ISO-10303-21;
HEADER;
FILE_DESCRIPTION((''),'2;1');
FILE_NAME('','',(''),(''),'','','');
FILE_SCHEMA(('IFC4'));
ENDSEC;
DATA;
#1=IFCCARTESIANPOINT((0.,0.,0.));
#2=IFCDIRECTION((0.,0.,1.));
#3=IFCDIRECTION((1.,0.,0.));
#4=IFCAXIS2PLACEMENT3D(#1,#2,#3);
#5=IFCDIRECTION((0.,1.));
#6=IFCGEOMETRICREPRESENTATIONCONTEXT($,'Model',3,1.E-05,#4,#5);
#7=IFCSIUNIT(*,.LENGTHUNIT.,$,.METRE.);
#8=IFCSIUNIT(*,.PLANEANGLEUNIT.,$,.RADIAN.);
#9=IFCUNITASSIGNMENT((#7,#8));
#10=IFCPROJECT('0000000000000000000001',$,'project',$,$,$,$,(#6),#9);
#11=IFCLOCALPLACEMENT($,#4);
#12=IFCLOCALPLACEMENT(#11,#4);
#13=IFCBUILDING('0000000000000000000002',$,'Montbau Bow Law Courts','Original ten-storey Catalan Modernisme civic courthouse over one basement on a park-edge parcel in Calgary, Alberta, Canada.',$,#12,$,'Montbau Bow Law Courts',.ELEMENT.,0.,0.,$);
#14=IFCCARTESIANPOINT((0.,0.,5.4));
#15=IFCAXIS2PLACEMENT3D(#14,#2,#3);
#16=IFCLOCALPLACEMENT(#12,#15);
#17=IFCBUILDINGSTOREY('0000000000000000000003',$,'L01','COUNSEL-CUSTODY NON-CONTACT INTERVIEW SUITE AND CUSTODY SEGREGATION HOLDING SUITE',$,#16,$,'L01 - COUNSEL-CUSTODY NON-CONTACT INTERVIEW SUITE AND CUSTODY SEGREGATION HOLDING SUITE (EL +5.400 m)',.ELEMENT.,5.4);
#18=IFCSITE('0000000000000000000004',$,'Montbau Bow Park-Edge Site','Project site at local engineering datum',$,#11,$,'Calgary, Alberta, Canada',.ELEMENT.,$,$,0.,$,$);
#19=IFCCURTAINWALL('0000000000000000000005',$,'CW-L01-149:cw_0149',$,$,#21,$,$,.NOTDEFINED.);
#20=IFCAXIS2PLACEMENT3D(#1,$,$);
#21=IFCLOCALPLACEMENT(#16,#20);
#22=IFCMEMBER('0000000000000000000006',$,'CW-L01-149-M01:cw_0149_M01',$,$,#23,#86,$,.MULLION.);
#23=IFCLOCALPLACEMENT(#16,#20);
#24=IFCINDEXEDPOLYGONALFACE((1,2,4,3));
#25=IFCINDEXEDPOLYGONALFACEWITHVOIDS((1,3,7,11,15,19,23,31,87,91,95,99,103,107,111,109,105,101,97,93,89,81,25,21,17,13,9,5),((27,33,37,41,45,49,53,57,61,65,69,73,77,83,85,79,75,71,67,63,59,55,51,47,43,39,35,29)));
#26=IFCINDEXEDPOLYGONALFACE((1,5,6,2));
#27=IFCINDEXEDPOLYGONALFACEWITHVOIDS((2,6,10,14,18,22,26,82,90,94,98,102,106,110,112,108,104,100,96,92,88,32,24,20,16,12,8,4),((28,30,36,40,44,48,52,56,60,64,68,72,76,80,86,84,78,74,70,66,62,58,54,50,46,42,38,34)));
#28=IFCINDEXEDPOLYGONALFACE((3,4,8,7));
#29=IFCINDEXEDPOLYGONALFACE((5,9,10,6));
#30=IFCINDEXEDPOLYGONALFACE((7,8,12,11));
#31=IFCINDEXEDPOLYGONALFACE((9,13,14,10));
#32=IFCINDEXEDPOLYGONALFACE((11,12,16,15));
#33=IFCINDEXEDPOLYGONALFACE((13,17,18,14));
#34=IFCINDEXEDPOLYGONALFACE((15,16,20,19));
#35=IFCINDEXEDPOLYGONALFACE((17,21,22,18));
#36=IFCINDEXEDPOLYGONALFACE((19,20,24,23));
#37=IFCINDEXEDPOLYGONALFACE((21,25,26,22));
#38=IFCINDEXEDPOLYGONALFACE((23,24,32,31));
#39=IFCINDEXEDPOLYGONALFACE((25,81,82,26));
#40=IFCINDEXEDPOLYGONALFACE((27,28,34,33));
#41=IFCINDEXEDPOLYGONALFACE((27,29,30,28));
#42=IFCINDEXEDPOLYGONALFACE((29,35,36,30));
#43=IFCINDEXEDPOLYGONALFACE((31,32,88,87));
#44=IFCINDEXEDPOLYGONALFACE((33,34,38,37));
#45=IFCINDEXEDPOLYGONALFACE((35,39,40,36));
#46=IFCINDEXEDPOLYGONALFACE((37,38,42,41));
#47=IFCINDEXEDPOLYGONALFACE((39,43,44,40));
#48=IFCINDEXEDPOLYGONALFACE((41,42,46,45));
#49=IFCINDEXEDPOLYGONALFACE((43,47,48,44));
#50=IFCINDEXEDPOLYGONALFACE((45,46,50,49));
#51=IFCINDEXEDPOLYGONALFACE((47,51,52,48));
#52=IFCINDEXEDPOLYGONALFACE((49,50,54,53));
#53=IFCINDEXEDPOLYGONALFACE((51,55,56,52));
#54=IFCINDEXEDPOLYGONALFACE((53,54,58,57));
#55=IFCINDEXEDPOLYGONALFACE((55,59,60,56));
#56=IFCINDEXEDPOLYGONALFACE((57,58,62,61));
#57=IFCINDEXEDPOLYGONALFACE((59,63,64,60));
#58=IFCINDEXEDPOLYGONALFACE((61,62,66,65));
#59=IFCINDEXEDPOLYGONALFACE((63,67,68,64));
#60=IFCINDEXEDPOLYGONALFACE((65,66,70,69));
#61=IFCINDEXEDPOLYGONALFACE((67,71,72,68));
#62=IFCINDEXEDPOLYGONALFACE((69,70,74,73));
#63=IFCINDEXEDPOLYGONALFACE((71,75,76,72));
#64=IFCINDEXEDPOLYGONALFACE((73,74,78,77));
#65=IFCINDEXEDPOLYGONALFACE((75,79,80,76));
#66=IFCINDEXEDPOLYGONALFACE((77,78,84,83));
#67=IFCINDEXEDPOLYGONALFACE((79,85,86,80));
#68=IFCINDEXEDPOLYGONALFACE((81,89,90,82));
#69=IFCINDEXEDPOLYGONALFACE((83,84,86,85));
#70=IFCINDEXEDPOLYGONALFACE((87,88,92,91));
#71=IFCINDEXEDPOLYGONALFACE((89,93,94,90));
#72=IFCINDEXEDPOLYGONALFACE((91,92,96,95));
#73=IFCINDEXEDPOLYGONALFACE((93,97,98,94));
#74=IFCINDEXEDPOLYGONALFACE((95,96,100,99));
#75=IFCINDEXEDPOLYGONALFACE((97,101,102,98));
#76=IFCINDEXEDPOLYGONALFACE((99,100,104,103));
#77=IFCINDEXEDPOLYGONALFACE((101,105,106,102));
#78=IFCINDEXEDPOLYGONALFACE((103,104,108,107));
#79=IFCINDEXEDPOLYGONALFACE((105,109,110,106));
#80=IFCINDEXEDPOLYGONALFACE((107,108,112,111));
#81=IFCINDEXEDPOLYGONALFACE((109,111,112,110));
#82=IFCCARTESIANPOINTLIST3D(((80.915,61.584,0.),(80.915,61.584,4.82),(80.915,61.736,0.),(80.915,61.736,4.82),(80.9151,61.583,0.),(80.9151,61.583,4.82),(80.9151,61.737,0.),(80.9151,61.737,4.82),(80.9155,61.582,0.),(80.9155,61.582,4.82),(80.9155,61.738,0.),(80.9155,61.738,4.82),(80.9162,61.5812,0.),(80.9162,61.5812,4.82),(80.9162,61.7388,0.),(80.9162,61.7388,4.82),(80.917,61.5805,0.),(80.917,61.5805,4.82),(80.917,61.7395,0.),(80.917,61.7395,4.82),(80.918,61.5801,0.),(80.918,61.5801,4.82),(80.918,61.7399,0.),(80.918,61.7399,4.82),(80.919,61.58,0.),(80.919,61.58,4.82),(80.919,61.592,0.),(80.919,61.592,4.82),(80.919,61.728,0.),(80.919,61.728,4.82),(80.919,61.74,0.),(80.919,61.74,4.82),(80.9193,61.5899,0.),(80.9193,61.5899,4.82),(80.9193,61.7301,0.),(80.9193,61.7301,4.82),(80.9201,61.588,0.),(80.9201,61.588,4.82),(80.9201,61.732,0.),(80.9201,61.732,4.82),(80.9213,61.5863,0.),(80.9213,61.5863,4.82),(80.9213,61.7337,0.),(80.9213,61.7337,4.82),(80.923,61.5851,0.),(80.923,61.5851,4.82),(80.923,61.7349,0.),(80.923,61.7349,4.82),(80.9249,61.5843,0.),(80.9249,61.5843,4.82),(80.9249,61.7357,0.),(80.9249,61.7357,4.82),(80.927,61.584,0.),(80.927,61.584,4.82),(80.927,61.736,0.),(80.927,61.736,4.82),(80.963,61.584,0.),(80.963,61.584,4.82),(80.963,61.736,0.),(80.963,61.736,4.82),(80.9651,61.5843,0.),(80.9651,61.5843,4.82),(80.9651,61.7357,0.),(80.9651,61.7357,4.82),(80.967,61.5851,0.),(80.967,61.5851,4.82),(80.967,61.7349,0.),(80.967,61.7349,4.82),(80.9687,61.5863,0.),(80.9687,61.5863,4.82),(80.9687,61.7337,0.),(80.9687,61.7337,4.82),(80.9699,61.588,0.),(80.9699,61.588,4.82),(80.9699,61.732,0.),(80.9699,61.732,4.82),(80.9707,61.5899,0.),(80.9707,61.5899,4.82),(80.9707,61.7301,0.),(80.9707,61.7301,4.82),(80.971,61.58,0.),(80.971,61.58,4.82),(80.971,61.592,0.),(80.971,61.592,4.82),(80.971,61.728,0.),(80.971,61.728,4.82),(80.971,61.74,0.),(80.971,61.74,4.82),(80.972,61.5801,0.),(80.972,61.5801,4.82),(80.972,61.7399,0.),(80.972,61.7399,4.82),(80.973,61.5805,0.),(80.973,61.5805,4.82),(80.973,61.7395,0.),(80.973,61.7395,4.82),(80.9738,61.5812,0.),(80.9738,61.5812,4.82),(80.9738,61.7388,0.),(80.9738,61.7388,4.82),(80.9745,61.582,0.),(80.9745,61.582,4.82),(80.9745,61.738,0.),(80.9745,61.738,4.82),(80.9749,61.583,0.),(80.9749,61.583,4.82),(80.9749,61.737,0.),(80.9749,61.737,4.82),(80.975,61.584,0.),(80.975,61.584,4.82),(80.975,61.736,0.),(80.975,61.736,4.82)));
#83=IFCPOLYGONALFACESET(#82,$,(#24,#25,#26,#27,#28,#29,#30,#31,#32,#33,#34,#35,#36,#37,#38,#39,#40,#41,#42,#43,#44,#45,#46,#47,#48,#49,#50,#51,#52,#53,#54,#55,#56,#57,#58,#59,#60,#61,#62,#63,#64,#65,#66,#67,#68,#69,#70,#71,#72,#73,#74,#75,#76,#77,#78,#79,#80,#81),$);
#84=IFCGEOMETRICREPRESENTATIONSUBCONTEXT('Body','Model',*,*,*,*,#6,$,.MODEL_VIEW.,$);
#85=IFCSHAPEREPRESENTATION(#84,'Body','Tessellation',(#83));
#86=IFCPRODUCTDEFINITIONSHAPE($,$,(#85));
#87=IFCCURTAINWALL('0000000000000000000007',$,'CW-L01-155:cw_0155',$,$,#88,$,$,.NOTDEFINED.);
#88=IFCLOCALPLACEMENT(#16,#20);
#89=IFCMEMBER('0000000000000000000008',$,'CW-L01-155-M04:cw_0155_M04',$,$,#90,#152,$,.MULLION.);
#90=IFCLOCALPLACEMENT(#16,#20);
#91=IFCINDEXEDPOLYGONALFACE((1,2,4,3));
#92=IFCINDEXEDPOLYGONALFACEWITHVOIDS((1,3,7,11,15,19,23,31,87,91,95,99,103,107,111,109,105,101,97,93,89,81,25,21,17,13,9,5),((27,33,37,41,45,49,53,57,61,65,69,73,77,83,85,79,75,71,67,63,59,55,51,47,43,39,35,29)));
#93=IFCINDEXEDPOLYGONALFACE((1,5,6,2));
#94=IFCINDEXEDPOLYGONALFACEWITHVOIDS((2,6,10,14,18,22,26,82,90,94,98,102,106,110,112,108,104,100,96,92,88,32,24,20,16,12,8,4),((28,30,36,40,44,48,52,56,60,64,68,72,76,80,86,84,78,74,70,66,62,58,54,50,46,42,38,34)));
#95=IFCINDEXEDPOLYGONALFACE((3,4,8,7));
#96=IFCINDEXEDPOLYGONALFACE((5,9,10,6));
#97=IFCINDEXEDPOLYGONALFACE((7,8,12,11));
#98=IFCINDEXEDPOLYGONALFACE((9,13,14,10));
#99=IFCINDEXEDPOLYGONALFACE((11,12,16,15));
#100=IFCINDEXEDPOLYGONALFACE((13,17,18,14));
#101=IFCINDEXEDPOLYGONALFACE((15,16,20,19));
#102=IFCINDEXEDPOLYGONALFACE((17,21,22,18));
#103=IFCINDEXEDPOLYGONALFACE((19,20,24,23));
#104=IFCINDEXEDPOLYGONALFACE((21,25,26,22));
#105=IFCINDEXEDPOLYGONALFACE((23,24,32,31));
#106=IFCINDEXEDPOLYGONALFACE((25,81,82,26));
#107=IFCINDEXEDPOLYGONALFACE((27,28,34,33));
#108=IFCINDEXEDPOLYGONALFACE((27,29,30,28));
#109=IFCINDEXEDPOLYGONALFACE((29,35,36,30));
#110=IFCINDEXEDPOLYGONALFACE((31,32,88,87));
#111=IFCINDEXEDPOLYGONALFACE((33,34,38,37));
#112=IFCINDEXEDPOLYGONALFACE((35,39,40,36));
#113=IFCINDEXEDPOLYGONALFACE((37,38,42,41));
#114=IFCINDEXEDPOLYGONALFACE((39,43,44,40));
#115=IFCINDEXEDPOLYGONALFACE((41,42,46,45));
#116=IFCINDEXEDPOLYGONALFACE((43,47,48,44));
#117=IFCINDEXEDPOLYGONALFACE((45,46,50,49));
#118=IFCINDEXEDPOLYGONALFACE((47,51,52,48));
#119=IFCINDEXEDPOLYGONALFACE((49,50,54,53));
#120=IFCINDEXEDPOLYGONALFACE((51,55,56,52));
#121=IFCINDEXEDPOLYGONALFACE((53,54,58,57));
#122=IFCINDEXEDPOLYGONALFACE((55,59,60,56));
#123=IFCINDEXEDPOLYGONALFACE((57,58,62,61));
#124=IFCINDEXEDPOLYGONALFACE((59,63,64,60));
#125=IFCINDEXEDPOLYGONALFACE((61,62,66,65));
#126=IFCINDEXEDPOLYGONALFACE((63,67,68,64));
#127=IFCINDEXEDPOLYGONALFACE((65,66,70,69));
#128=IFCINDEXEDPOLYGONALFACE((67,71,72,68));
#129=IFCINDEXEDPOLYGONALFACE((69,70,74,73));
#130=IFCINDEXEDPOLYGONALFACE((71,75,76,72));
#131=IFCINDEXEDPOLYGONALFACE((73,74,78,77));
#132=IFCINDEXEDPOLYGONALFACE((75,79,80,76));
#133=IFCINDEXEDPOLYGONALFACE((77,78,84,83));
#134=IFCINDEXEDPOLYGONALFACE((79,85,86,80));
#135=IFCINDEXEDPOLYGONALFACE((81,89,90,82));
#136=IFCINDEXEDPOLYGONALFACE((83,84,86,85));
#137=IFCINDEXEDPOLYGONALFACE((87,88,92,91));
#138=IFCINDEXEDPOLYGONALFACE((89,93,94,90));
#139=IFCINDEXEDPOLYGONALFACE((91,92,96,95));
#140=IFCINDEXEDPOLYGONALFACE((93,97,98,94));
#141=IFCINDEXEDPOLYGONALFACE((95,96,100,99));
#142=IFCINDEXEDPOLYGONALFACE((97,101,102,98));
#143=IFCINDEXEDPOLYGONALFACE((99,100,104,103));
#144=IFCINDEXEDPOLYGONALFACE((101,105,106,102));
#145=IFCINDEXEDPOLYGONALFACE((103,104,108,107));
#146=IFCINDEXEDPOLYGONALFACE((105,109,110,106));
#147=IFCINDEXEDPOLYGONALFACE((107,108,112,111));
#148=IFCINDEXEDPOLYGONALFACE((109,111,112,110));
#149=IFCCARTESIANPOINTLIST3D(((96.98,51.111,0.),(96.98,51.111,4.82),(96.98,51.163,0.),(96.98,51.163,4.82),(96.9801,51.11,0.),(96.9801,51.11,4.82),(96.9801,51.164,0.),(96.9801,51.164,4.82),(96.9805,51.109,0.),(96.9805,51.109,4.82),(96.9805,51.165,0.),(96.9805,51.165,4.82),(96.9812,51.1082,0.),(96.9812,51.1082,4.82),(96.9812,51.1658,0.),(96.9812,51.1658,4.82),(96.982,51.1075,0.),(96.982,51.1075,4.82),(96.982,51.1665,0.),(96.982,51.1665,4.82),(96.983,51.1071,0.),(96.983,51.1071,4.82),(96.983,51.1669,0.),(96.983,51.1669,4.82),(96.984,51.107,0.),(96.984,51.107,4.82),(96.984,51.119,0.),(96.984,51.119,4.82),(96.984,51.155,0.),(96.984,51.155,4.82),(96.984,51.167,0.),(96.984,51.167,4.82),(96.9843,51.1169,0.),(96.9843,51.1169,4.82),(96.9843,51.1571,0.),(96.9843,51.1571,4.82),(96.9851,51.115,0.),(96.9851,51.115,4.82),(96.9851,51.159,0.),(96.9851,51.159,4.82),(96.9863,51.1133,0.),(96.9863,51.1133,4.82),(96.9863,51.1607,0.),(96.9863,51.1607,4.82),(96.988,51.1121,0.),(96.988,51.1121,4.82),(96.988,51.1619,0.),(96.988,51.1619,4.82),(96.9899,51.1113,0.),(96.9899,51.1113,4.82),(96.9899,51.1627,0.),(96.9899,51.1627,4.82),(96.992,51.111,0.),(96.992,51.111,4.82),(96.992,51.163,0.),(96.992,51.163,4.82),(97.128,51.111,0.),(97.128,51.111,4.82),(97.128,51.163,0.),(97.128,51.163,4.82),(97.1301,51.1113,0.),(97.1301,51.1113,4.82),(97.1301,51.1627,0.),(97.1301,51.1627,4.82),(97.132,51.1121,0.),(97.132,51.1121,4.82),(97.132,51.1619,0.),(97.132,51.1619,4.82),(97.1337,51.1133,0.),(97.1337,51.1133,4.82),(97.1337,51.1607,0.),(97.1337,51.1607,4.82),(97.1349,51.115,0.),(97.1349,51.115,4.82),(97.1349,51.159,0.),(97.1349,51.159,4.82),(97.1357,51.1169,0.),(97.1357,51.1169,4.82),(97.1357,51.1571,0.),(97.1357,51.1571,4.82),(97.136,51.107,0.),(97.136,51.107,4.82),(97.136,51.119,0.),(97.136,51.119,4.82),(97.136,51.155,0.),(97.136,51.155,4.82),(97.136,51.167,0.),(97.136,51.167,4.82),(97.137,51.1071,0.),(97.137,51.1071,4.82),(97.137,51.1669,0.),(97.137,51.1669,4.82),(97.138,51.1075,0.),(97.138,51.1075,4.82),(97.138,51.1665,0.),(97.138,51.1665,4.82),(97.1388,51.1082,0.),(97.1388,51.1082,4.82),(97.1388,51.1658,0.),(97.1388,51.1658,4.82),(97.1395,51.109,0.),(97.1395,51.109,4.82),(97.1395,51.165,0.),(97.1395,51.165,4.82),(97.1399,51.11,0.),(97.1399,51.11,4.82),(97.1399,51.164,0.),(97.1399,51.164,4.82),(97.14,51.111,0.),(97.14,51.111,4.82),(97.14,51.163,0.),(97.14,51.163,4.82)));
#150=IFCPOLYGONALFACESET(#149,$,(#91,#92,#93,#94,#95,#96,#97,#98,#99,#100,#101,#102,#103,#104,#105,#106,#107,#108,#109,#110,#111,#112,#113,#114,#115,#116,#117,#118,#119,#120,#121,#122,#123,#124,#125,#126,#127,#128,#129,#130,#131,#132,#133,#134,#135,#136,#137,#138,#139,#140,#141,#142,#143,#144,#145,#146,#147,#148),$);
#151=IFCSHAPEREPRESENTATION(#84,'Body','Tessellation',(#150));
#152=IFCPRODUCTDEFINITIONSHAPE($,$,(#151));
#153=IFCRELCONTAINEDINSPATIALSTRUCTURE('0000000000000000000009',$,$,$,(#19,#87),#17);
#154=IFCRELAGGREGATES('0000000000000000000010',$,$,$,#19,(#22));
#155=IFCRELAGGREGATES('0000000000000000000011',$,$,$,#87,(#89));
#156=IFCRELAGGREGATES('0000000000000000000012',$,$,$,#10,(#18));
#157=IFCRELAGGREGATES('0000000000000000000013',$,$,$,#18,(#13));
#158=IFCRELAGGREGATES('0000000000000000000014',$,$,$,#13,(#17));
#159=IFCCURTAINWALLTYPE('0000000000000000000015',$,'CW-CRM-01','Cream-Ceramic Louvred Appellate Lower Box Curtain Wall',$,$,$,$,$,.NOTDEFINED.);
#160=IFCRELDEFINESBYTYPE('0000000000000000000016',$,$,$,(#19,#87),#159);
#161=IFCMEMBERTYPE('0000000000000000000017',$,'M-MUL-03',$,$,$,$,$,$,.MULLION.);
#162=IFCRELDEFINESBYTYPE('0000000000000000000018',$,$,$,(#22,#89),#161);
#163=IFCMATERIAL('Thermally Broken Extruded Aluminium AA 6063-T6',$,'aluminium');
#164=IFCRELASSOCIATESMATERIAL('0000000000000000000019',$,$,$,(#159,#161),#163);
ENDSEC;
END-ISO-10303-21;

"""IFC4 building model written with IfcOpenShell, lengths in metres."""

from ifc_helpers import new_model, si_unit, direction, frame, origin_with_axes, origin_2d_with_axis, place, context, subcontext, project, spatial, hollow_rectangle, extrude, material, material_profile, profile_set, type_object, element, aggregate, save


model = new_model("IFC4")

# Units and contexts
model_context = context("Model", 3, precision=1e-05, world=origin_with_axes(), true_north=direction((0.0, 1.0)))
body_context = subcontext(model_context, "Body", "Model", "MODEL_VIEW")
ifc_project = project(units=[si_unit("LENGTHUNIT", "METRE"), si_unit("PLANEANGLEUNIT", "RADIAN")], contexts=[model_context])

# Site, building, storey
site_placement = place(None, origin_with_axes())
site = spatial("IfcSite", under=ifc_project, at=site_placement, Name="Montbau Bow Park-Edge Site", Description="Project site at local engineering datum", LongName="Calgary, Alberta, Canada", CompositionType="ELEMENT", RefElevation=0.0)
building_placement = place(site_placement, origin_with_axes())
building = spatial("IfcBuilding", under=site, at=building_placement, Name="Montbau Bow Law Courts", Description="Original ten-storey Catalan Modernisme civic courthouse over one basement on a park-edge parcel in Calgary, Alberta, Canada.", LongName="Montbau Bow Law Courts", CompositionType="ELEMENT", ElevationOfRefHeight=0.0, ElevationOfTerrain=0.0)
storey_placement = place(building_placement, frame((0.0, 0.0, 5.4), z_axis=(0.0, 0.0, 1.0), x_axis=(1.0, 0.0, 0.0)))
storey = spatial("IfcBuildingStorey", under=building, at=storey_placement, Name="L01", Description="COUNSEL-CUSTODY NON-CONTACT INTERVIEW SUITE AND CUSTODY SEGREGATION HOLDING SUITE", LongName="L01 - COUNSEL-CUSTODY NON-CONTACT INTERVIEW SUITE AND CUSTODY SEGREGATION HOLDING SUITE (EL +5.400 m)", CompositionType="ELEMENT", Elevation=5.4)

# Shared definitions
ifc_material_1 = material(Name="Thermally Broken Extruded Aluminium AA 6063-T6", Category="aluminium")
curtain_wall_type = type_object("IfcCurtainWallType", Name="CW-CRM-01", Description="Cream-Ceramic Louvred Appellate Lower Box Curtain Wall", PredefinedType="NOTDEFINED", material=ifc_material_1)

# Curtain wall, member
curtain_wall_1_placement = place(None, frame((80.915, 61.66, 5.4), z_axis=(0.0, 0.0, 1.0), x_axis=(1.0, 0.0, 0.0)))
curtain_wall_1 = element("IfcCurtainWall", 1, at=curtain_wall_1_placement, inside=storey, type_object=curtain_wall_type, Name="CW-L01-149:cw_0149", PredefinedType="NOTDEFINED")
ifc_material_profile_1 = material_profile(ifc_material_1, hollow_rectangle(XDim=0.06, YDim=0.16, WallThickness=0.004, InnerFilletRadius=0.008, OuterFilletRadius=0.004, at=origin_2d_with_axis()), Name="CWM-160X60", Category="Main", Priority=0)
ifc_profile_set_1 = profile_set([ifc_material_profile_1], Name="Thermally Broken Extruded Aluminium AA 6063-T6")
member_type_1 = type_object("IfcMemberType", Name="M-MUL-03", PredefinedType="MULLION", material=ifc_profile_set_1)
member_1_placement = place(None, frame((80.945, 61.66, 5.4), z_axis=(0.0, 0.0, 1.0), x_axis=(1.0, 0.0, 0.0)))
member_1 = element("IfcMember", 2, at=member_1_placement, type_object=member_type_1, Name="CW-L01-149-M01:cw_0149_M01", PredefinedType="MULLION", context=body_context, shape_type="SweptSolid", body=[
    extrude(hollow_rectangle(XDim=0.06, YDim=0.16, WallThickness=0.004, InnerFilletRadius=0.008, OuterFilletRadius=0.004, at=origin_2d_with_axis()), origin_with_axes(), (0.0, 0.0, 1.0), 4.82),
])

# Curtain wall, member
curtain_wall_2_placement = place(None, frame((97.06, 46.715, 5.4), z_axis=(0.0, 0.0, 1.0), x_axis=(1.0, 0.0, 0.0)))
curtain_wall_2 = element("IfcCurtainWall", 3, at=curtain_wall_2_placement, inside=storey, type_object=curtain_wall_type, Name="CW-L01-155:cw_0155", PredefinedType="NOTDEFINED")
member_2_placement = place(None, frame((97.06, 51.137, 5.4), z_axis=(0.0, 0.0, 1.0), x_axis=(0.0, 1.0, 0.0)))
member_2 = element("IfcMember", 4, at=member_2_placement, type_object=member_type_1, Name="CW-L01-155-M04:cw_0155_M04", PredefinedType="MULLION", context=body_context, shape_type="SweptSolid", body=[
    extrude(hollow_rectangle(XDim=0.06, YDim=0.16, WallThickness=0.004, InnerFilletRadius=0.008, OuterFilletRadius=0.004, at=origin_2d_with_axis()), origin_with_axes(), (0.0, 0.0, 1.0), 4.82),
])

aggregate(curtain_wall_1, [member_1])
aggregate(curtain_wall_2, [member_2])

save(model, "model.ifc")
